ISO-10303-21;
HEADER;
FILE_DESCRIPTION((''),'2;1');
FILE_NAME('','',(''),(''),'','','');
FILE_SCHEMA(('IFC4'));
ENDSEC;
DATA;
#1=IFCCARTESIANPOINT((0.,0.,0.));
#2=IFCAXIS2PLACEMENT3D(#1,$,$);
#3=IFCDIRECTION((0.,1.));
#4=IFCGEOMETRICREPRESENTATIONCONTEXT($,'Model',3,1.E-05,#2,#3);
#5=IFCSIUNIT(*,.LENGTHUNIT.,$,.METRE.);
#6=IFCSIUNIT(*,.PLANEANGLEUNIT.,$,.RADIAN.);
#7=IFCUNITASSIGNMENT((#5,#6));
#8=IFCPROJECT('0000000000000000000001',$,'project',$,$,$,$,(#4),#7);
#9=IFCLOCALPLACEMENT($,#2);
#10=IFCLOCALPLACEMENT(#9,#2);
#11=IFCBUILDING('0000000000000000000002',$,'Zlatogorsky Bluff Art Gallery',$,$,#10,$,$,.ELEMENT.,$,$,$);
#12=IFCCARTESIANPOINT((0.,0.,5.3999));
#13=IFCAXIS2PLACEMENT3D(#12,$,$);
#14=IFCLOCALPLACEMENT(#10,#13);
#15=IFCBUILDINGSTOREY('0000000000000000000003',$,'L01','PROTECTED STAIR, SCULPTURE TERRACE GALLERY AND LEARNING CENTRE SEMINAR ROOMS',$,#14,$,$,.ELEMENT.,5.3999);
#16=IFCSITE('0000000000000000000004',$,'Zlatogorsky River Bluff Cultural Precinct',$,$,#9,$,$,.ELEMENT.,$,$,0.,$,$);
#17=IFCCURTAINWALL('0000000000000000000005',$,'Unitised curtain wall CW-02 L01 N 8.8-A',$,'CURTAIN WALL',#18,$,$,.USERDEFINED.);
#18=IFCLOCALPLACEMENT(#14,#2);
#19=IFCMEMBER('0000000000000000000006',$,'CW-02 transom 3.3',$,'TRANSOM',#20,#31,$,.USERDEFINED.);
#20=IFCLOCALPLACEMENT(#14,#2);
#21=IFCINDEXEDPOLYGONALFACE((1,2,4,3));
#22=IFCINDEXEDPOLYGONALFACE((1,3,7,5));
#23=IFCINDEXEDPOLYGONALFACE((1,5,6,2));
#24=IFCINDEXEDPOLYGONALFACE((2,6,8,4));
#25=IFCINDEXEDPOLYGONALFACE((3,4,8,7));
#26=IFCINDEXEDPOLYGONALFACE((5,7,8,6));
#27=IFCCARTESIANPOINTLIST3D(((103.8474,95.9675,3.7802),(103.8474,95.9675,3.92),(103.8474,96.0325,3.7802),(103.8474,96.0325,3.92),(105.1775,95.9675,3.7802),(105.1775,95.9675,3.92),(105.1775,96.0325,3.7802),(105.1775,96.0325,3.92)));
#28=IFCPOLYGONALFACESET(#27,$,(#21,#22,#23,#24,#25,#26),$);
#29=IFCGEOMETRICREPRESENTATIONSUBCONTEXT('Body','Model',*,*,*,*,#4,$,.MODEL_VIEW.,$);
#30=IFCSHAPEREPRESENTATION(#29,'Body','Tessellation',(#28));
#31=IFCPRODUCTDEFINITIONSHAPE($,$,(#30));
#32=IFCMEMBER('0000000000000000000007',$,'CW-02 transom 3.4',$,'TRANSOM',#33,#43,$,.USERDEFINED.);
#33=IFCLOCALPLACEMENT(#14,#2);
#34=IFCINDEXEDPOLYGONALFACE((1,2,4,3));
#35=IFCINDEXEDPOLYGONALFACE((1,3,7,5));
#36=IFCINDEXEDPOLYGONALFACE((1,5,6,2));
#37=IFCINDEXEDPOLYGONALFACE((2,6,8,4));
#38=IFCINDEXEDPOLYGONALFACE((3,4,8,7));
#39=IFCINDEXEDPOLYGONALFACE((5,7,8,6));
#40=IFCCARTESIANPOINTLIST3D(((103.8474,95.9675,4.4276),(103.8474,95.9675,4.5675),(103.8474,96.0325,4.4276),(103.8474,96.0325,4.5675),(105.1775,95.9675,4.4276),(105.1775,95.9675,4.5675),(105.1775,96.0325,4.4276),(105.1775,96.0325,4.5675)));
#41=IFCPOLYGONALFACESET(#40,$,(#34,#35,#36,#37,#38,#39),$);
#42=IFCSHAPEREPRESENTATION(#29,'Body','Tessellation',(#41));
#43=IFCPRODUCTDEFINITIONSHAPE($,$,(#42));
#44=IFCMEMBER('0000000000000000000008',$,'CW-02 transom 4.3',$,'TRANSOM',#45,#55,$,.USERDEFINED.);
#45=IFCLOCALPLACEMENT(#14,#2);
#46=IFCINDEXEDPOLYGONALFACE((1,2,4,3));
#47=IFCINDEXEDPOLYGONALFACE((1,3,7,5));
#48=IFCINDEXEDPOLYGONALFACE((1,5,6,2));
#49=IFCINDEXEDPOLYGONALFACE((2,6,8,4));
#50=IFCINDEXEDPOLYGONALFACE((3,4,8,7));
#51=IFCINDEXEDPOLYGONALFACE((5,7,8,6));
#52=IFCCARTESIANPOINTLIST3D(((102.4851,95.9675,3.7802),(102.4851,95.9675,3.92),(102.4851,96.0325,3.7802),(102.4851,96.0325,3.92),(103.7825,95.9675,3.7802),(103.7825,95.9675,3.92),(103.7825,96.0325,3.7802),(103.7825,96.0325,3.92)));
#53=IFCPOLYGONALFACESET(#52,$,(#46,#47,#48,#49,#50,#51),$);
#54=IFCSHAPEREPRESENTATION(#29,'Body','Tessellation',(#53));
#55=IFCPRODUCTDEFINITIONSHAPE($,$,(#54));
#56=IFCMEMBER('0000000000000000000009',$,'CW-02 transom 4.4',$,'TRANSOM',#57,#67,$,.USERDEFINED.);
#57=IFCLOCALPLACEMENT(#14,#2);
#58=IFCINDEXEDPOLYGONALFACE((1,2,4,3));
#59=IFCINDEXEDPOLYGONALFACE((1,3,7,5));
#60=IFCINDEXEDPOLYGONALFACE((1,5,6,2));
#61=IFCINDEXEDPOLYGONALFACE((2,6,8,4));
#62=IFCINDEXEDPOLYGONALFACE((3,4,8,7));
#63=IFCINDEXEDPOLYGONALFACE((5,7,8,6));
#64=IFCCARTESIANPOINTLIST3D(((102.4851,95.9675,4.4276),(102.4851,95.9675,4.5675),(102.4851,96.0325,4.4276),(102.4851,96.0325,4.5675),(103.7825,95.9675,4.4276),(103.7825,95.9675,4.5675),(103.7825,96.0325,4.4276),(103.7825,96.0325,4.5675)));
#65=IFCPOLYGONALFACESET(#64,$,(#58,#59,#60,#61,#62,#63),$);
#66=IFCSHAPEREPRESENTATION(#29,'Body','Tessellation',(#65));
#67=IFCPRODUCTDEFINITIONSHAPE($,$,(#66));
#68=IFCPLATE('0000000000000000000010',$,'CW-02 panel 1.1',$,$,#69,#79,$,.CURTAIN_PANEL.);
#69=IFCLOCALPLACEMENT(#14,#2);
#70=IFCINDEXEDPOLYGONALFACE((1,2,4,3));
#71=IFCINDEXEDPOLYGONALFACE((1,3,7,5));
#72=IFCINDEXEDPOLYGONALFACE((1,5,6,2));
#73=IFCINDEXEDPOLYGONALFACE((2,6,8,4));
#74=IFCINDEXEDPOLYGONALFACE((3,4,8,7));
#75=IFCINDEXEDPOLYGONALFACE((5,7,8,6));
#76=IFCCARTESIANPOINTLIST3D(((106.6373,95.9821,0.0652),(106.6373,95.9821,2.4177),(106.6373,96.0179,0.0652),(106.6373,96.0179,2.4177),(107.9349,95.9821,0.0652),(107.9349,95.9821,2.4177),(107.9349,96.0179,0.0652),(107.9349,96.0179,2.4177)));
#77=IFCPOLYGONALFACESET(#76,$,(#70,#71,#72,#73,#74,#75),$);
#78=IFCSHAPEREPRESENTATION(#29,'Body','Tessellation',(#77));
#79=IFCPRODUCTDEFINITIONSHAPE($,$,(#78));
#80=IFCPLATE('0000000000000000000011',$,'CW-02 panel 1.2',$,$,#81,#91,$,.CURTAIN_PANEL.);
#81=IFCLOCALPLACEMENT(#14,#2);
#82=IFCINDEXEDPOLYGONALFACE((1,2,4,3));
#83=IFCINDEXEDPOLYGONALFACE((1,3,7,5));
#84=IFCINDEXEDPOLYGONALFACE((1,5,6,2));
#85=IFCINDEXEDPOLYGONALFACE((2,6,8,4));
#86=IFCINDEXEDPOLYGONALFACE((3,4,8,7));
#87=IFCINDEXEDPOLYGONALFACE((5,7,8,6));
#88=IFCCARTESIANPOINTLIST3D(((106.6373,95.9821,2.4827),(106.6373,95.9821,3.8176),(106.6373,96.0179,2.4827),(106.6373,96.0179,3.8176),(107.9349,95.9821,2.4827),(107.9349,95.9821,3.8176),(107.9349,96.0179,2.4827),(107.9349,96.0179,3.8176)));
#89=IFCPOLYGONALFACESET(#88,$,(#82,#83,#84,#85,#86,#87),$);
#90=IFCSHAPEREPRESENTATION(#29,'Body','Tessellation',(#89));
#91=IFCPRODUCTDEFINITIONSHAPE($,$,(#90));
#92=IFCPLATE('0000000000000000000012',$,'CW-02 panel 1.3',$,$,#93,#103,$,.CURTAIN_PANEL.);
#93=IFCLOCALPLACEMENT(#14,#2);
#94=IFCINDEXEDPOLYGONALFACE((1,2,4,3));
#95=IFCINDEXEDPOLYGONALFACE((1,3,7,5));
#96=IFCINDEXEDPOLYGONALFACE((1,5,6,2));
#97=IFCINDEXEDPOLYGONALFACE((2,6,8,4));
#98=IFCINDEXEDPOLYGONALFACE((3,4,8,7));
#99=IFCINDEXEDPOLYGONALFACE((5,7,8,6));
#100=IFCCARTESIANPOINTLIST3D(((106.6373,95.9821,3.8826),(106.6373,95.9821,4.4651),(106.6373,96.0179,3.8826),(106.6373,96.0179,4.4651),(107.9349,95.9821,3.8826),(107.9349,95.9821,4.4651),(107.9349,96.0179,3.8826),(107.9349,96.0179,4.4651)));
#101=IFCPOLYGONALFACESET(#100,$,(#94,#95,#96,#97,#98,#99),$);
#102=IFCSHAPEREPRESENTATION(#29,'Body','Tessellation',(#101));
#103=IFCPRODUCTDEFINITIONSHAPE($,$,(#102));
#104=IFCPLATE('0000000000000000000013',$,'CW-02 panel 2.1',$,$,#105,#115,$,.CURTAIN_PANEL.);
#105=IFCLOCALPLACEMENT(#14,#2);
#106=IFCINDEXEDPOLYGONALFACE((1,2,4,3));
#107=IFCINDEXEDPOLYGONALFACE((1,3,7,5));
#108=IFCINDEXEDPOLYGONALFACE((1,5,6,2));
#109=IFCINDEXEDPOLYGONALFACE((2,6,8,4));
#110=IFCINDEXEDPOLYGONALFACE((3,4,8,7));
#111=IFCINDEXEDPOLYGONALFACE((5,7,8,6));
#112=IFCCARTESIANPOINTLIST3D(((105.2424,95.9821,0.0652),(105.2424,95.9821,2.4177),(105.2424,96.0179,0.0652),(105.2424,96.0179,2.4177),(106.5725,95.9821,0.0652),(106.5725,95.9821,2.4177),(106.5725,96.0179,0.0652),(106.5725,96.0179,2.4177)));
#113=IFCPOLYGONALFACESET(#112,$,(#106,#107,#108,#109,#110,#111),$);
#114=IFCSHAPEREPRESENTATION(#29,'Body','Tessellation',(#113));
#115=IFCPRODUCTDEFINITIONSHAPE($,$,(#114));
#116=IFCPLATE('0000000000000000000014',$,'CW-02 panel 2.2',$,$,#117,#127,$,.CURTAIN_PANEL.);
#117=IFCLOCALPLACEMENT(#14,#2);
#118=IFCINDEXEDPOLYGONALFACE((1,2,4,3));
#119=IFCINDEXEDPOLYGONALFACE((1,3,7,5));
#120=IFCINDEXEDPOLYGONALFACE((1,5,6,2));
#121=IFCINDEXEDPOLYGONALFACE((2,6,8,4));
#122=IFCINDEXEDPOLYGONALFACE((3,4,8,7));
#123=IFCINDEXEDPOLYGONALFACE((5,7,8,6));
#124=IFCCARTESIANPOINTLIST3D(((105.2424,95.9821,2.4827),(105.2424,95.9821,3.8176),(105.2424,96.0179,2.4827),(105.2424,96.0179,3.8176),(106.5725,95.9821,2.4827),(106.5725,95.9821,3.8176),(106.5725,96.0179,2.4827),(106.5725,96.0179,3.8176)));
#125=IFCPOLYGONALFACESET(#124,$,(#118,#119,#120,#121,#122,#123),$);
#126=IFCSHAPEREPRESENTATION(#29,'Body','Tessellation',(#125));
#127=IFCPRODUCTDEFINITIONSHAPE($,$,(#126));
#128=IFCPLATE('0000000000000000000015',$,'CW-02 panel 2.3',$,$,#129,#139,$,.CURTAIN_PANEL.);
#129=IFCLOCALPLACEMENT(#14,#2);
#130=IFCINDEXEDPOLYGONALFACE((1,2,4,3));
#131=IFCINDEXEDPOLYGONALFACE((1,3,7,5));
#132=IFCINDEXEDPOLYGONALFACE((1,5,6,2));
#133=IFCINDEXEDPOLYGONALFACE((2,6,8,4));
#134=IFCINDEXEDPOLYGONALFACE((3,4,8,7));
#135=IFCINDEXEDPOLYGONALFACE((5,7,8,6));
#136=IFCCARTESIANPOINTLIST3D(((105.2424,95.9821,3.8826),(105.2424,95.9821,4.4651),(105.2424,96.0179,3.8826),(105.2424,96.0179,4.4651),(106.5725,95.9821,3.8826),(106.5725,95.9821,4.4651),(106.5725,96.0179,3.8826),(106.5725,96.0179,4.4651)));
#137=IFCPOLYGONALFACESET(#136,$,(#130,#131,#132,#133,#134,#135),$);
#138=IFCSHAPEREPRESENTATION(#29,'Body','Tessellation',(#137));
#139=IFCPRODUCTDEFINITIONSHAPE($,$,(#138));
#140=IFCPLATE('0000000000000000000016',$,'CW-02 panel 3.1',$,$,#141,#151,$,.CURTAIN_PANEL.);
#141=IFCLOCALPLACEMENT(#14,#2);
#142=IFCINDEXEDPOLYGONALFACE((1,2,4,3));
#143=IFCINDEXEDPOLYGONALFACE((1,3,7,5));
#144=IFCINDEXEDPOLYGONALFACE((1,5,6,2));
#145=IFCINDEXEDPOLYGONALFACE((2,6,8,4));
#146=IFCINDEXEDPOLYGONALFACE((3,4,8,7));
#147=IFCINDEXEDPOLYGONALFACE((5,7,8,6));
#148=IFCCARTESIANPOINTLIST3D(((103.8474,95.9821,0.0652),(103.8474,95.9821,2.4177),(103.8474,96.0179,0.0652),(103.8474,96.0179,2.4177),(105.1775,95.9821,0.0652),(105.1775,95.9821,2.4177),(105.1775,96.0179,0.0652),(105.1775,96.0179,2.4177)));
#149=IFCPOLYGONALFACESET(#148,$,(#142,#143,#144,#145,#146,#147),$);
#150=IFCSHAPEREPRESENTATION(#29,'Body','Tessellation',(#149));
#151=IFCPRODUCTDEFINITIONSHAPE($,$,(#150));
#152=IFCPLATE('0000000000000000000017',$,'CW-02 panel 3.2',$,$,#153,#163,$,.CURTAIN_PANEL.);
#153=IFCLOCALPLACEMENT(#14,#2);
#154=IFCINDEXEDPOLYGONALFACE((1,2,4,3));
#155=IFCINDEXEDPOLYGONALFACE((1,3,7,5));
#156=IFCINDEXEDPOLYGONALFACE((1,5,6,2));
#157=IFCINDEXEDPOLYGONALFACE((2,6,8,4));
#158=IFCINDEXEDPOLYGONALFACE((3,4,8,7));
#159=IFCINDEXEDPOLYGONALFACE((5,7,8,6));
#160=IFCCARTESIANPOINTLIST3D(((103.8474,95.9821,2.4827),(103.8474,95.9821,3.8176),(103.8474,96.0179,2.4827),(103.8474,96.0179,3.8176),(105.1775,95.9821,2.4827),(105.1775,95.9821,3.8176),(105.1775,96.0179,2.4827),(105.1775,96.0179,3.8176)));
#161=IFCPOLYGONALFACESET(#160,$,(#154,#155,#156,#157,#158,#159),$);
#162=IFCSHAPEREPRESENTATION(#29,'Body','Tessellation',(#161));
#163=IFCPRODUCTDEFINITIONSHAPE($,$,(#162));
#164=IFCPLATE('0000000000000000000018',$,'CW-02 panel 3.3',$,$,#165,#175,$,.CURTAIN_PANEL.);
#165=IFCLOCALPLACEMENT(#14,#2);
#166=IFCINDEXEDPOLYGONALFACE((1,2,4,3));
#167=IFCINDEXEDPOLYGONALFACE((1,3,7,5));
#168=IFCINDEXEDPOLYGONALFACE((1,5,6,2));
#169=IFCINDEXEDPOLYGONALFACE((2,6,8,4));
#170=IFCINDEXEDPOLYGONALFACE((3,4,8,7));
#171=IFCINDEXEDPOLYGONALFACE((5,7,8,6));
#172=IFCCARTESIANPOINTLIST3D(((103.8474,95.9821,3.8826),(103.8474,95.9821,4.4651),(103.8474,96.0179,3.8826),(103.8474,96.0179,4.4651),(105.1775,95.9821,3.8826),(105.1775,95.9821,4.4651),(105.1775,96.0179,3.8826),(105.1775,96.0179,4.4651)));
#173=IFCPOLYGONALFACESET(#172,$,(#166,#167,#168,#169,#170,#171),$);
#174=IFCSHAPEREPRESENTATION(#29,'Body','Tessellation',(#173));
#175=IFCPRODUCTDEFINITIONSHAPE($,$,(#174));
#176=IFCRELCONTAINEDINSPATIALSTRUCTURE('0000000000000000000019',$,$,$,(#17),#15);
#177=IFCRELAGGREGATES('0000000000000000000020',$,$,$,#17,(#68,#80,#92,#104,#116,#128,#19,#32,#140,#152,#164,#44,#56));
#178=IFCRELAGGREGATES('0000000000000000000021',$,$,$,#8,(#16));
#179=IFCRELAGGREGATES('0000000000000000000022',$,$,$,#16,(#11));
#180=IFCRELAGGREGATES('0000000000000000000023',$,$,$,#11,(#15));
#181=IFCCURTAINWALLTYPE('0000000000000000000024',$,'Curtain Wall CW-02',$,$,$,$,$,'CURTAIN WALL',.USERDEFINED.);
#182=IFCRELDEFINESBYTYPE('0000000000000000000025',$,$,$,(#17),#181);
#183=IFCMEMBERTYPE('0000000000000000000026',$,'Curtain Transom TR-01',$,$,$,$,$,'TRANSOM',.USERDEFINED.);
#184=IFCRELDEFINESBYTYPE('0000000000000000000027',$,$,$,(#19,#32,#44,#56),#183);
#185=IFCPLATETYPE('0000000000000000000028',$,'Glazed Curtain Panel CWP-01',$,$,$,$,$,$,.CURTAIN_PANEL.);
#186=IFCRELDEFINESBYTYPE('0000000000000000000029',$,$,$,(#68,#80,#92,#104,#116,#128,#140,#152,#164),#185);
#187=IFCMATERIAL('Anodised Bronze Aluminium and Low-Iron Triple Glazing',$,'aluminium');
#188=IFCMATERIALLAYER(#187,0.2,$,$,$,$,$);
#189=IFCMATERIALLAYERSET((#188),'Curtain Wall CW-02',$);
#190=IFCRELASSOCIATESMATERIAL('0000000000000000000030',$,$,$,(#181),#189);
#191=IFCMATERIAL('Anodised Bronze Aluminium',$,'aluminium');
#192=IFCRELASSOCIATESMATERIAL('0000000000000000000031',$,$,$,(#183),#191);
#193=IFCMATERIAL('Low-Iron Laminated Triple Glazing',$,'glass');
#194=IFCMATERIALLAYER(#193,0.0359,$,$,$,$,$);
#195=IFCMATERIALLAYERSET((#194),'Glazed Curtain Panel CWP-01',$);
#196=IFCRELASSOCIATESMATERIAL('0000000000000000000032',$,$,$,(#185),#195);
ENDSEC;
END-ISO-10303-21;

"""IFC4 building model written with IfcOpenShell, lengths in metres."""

from ifc_helpers import new_model, si_unit, direction, frame, origin, origin_2d, place, context, subcontext, project, spatial, rectangle, extrude, material, layer, layer_set, material_profile, profile_set, type_object, element, aggregate, save


model = new_model("IFC4")

# Units and contexts
model_context = context("Model", 3, precision=1e-05, world=origin(), true_north=direction((0.0, 1.0)))
body_context = subcontext(model_context, "Body", "Model", "MODEL_VIEW")
ifc_project = project(units=[si_unit("LENGTHUNIT", "METRE"), si_unit("PLANEANGLEUNIT", "RADIAN")], contexts=[model_context])

# Site, building, storey
site_placement = place(None, origin())
site = spatial("IfcSite", under=ifc_project, at=site_placement, Name="Zlatogorsky River Bluff Cultural Precinct", CompositionType="ELEMENT", RefElevation=0.0)
building_placement = place(site_placement, origin())
building = spatial("IfcBuilding", under=site, at=building_placement, Name="Zlatogorsky Bluff Art Gallery", CompositionType="ELEMENT")
storey_placement = place(building_placement, frame((0.0, 0.0, 5.3999)))
storey = spatial("IfcBuildingStorey", under=building, at=storey_placement, Name="L01", Description="PROTECTED STAIR, SCULPTURE TERRACE GALLERY AND LEARNING CENTRE SEMINAR ROOMS", CompositionType="ELEMENT", Elevation=5.3999)

# Curtain wall, members, plates
ifc_material_1 = material(Name="Anodised Bronze Aluminium and Low-Iron Triple Glazing", Category="aluminium")
ifc_layer_1 = layer(ifc_material_1, 0.2)
ifc_layer_set_1 = layer_set([ifc_layer_1], Name="Curtain Wall CW-02")
curtain_wall_type = type_object("IfcCurtainWallType", Name="Curtain Wall CW-02", ElementType="CURTAIN WALL", PredefinedType="USERDEFINED", material=ifc_layer_set_1)
curtain_wall_placement = place(storey_placement, origin())
curtain_wall = element("IfcCurtainWall", 1, at=curtain_wall_placement, inside=storey, type_object=curtain_wall_type, Name="Unitised curtain wall CW-02 L01 N 8.8-A", ObjectType="CURTAIN WALL", PredefinedType="USERDEFINED")
ifc_material_2 = material(Name="Anodised Bronze Aluminium", Category="aluminium")
ifc_material_profile_1 = material_profile(ifc_material_2, rectangle(XDim=0.0649, YDim=0.1399, at=origin_2d()), Name="ALU TRANSOM 65x140")
ifc_profile_set_1 = profile_set([ifc_material_profile_1], Name="Anodised Bronze Aluminium")
member_type_1 = type_object("IfcMemberType", Name="Curtain Transom TR-01", ElementType="TRANSOM", PredefinedType="USERDEFINED", material=ifc_profile_set_1)
member_1_placement = place(storey_placement, frame((105.1775, 96.0, 3.8501), z_axis=(-1.0, 0.0, 0.0), x_axis=(0.0, -1.0, 0.0)))
member_1 = element("IfcMember", 2, at=member_1_placement, type_object=member_type_1, Name="CW-02 transom 3.3", ObjectType="TRANSOM", PredefinedType="USERDEFINED", context=body_context, shape_type="SweptSolid", body=[
    extrude(rectangle(XDim=0.0649, YDim=0.1399, at=origin_2d()), origin(), (0.0, 0.0, 1.0), 1.3301),
])
member_2_placement = place(storey_placement, frame((105.1775, 96.0, 4.4976), z_axis=(-1.0, 0.0, 0.0), x_axis=(0.0, -1.0, 0.0)))
member_2 = element("IfcMember", 3, at=member_2_placement, type_object=member_type_1, Name="CW-02 transom 3.4", ObjectType="TRANSOM", PredefinedType="USERDEFINED", context=body_context, shape_type="SweptSolid", body=[
    extrude(rectangle(XDim=0.0649, YDim=0.1399, at=origin_2d()), origin(), (0.0, 0.0, 1.0), 1.3301),
])
member_3_placement = place(storey_placement, frame((103.7825, 96.0, 3.8501), z_axis=(-1.0, 0.0, 0.0), x_axis=(0.0, -1.0, 0.0)))
member_3 = element("IfcMember", 4, at=member_3_placement, type_object=member_type_1, Name="CW-02 transom 4.3", ObjectType="TRANSOM", PredefinedType="USERDEFINED", context=body_context, shape_type="SweptSolid", body=[
    extrude(rectangle(XDim=0.0649, YDim=0.1399, at=origin_2d()), origin(), (0.0, 0.0, 1.0), 1.2974),
])
member_4_placement = place(storey_placement, frame((103.7825, 96.0, 4.4976), z_axis=(-1.0, 0.0, 0.0), x_axis=(0.0, -1.0, 0.0)))
member_4 = element("IfcMember", 5, at=member_4_placement, type_object=member_type_1, Name="CW-02 transom 4.4", ObjectType="TRANSOM", PredefinedType="USERDEFINED", context=body_context, shape_type="SweptSolid", body=[
    extrude(rectangle(XDim=0.0649, YDim=0.1399, at=origin_2d()), origin(), (0.0, 0.0, 1.0), 1.2974),
])
ifc_material_3 = material(Name="Low-Iron Laminated Triple Glazing", Category="glass")
ifc_layer_2 = layer(ifc_material_3, 0.0359)
ifc_layer_set_2 = layer_set([ifc_layer_2], Name="Glazed Curtain Panel CWP-01")
plate_type = type_object("IfcPlateType", Name="Glazed Curtain Panel CWP-01", PredefinedType="CURTAIN_PANEL", material=ifc_layer_set_2)
plate_1_placement = place(storey_placement, frame((107.2861, 96.0, 0.0652), z_axis=(0.0, 0.0, 1.0), x_axis=(-1.0, 0.0, 0.0)))
plate_1 = element("IfcPlate", 6, at=plate_1_placement, type_object=plate_type, Name="CW-02 panel 1.1", PredefinedType="CURTAIN_PANEL", context=body_context, shape_type="SweptSolid", body=[
    extrude(rectangle(XDim=1.2976, YDim=0.0359, at=origin_2d()), origin(), (0.0, 0.0, 1.0), 2.3525),
])
plate_2_placement = place(storey_placement, frame((107.2861, 96.0, 2.4827), z_axis=(0.0, 0.0, 1.0), x_axis=(-1.0, 0.0, 0.0)))
plate_2 = element("IfcPlate", 7, at=plate_2_placement, type_object=plate_type, Name="CW-02 panel 1.2", PredefinedType="CURTAIN_PANEL", context=body_context, shape_type="SweptSolid", body=[
    extrude(rectangle(XDim=1.2976, YDim=0.0359, at=origin_2d()), origin(), (0.0, 0.0, 1.0), 1.335),
])
plate_3_placement = place(storey_placement, frame((107.2861, 96.0, 3.8826), z_axis=(0.0, 0.0, 1.0), x_axis=(-1.0, 0.0, 0.0)))
plate_3 = element("IfcPlate", 8, at=plate_3_placement, type_object=plate_type, Name="CW-02 panel 1.3", PredefinedType="CURTAIN_PANEL", context=body_context, shape_type="SweptSolid", body=[
    extrude(rectangle(XDim=1.2976, YDim=0.0359, at=origin_2d()), origin(), (0.0, 0.0, 1.0), 0.5825),
])
plate_4_placement = place(storey_placement, frame((105.9075, 96.0, 0.0652), z_axis=(0.0, 0.0, 1.0), x_axis=(-1.0, 0.0, 0.0)))
plate_4 = element("IfcPlate", 9, at=plate_4_placement, type_object=plate_type, Name="CW-02 panel 2.1", PredefinedType="CURTAIN_PANEL", context=body_context, shape_type="SweptSolid", body=[
    extrude(rectangle(XDim=1.3301, YDim=0.0359, at=origin_2d()), origin(), (0.0, 0.0, 1.0), 2.3525),
])
plate_5_placement = place(storey_placement, frame((105.9075, 96.0, 2.4827), z_axis=(0.0, 0.0, 1.0), x_axis=(-1.0, 0.0, 0.0)))
plate_5 = element("IfcPlate", 10, at=plate_5_placement, type_object=plate_type, Name="CW-02 panel 2.2", PredefinedType="CURTAIN_PANEL", context=body_context, shape_type="SweptSolid", body=[
    extrude(rectangle(XDim=1.3301, YDim=0.0359, at=origin_2d()), origin(), (0.0, 0.0, 1.0), 1.335),
])
plate_6_placement = place(storey_placement, frame((105.9075, 96.0, 3.8826), z_axis=(0.0, 0.0, 1.0), x_axis=(-1.0, 0.0, 0.0)))
plate_6 = element("IfcPlate", 11, at=plate_6_placement, type_object=plate_type, Name="CW-02 panel 2.3", PredefinedType="CURTAIN_PANEL", context=body_context, shape_type="SweptSolid", body=[
    extrude(rectangle(XDim=1.3301, YDim=0.0359, at=origin_2d()), origin(), (0.0, 0.0, 1.0), 0.5825),
])
plate_7_placement = place(storey_placement, frame((104.5125, 96.0, 0.0652), z_axis=(0.0, 0.0, 1.0), x_axis=(-1.0, 0.0, 0.0)))
plate_7 = element("IfcPlate", 12, at=plate_7_placement, type_object=plate_type, Name="CW-02 panel 3.1", PredefinedType="CURTAIN_PANEL", context=body_context, shape_type="SweptSolid", body=[
    extrude(rectangle(XDim=1.3301, YDim=0.0359, at=origin_2d()), origin(), (0.0, 0.0, 1.0), 2.3525),
])
plate_8_placement = place(storey_placement, frame((104.5125, 96.0, 2.4827), z_axis=(0.0, 0.0, 1.0), x_axis=(-1.0, 0.0, 0.0)))
plate_8 = element("IfcPlate", 13, at=plate_8_placement, type_object=plate_type, Name="CW-02 panel 3.2", PredefinedType="CURTAIN_PANEL", context=body_context, shape_type="SweptSolid", body=[
    extrude(rectangle(XDim=1.3301, YDim=0.0359, at=origin_2d()), origin(), (0.0, 0.0, 1.0), 1.335),
])
plate_9_placement = place(storey_placement, frame((104.5125, 96.0, 3.8826), z_axis=(0.0, 0.0, 1.0), x_axis=(-1.0, 0.0, 0.0)))
plate_9 = element("IfcPlate", 14, at=plate_9_placement, type_object=plate_type, Name="CW-02 panel 3.3", PredefinedType="CURTAIN_PANEL", context=body_context, shape_type="SweptSolid", body=[
    extrude(rectangle(XDim=1.3301, YDim=0.0359, at=origin_2d()), origin(), (0.0, 0.0, 1.0), 0.5825),
])
aggregate(curtain_wall, [plate_1, plate_2, plate_3, plate_4, plate_5, plate_6, member_1, member_2, plate_7, plate_8, plate_9, member_3, member_4])

save(model, "model.ifc")
